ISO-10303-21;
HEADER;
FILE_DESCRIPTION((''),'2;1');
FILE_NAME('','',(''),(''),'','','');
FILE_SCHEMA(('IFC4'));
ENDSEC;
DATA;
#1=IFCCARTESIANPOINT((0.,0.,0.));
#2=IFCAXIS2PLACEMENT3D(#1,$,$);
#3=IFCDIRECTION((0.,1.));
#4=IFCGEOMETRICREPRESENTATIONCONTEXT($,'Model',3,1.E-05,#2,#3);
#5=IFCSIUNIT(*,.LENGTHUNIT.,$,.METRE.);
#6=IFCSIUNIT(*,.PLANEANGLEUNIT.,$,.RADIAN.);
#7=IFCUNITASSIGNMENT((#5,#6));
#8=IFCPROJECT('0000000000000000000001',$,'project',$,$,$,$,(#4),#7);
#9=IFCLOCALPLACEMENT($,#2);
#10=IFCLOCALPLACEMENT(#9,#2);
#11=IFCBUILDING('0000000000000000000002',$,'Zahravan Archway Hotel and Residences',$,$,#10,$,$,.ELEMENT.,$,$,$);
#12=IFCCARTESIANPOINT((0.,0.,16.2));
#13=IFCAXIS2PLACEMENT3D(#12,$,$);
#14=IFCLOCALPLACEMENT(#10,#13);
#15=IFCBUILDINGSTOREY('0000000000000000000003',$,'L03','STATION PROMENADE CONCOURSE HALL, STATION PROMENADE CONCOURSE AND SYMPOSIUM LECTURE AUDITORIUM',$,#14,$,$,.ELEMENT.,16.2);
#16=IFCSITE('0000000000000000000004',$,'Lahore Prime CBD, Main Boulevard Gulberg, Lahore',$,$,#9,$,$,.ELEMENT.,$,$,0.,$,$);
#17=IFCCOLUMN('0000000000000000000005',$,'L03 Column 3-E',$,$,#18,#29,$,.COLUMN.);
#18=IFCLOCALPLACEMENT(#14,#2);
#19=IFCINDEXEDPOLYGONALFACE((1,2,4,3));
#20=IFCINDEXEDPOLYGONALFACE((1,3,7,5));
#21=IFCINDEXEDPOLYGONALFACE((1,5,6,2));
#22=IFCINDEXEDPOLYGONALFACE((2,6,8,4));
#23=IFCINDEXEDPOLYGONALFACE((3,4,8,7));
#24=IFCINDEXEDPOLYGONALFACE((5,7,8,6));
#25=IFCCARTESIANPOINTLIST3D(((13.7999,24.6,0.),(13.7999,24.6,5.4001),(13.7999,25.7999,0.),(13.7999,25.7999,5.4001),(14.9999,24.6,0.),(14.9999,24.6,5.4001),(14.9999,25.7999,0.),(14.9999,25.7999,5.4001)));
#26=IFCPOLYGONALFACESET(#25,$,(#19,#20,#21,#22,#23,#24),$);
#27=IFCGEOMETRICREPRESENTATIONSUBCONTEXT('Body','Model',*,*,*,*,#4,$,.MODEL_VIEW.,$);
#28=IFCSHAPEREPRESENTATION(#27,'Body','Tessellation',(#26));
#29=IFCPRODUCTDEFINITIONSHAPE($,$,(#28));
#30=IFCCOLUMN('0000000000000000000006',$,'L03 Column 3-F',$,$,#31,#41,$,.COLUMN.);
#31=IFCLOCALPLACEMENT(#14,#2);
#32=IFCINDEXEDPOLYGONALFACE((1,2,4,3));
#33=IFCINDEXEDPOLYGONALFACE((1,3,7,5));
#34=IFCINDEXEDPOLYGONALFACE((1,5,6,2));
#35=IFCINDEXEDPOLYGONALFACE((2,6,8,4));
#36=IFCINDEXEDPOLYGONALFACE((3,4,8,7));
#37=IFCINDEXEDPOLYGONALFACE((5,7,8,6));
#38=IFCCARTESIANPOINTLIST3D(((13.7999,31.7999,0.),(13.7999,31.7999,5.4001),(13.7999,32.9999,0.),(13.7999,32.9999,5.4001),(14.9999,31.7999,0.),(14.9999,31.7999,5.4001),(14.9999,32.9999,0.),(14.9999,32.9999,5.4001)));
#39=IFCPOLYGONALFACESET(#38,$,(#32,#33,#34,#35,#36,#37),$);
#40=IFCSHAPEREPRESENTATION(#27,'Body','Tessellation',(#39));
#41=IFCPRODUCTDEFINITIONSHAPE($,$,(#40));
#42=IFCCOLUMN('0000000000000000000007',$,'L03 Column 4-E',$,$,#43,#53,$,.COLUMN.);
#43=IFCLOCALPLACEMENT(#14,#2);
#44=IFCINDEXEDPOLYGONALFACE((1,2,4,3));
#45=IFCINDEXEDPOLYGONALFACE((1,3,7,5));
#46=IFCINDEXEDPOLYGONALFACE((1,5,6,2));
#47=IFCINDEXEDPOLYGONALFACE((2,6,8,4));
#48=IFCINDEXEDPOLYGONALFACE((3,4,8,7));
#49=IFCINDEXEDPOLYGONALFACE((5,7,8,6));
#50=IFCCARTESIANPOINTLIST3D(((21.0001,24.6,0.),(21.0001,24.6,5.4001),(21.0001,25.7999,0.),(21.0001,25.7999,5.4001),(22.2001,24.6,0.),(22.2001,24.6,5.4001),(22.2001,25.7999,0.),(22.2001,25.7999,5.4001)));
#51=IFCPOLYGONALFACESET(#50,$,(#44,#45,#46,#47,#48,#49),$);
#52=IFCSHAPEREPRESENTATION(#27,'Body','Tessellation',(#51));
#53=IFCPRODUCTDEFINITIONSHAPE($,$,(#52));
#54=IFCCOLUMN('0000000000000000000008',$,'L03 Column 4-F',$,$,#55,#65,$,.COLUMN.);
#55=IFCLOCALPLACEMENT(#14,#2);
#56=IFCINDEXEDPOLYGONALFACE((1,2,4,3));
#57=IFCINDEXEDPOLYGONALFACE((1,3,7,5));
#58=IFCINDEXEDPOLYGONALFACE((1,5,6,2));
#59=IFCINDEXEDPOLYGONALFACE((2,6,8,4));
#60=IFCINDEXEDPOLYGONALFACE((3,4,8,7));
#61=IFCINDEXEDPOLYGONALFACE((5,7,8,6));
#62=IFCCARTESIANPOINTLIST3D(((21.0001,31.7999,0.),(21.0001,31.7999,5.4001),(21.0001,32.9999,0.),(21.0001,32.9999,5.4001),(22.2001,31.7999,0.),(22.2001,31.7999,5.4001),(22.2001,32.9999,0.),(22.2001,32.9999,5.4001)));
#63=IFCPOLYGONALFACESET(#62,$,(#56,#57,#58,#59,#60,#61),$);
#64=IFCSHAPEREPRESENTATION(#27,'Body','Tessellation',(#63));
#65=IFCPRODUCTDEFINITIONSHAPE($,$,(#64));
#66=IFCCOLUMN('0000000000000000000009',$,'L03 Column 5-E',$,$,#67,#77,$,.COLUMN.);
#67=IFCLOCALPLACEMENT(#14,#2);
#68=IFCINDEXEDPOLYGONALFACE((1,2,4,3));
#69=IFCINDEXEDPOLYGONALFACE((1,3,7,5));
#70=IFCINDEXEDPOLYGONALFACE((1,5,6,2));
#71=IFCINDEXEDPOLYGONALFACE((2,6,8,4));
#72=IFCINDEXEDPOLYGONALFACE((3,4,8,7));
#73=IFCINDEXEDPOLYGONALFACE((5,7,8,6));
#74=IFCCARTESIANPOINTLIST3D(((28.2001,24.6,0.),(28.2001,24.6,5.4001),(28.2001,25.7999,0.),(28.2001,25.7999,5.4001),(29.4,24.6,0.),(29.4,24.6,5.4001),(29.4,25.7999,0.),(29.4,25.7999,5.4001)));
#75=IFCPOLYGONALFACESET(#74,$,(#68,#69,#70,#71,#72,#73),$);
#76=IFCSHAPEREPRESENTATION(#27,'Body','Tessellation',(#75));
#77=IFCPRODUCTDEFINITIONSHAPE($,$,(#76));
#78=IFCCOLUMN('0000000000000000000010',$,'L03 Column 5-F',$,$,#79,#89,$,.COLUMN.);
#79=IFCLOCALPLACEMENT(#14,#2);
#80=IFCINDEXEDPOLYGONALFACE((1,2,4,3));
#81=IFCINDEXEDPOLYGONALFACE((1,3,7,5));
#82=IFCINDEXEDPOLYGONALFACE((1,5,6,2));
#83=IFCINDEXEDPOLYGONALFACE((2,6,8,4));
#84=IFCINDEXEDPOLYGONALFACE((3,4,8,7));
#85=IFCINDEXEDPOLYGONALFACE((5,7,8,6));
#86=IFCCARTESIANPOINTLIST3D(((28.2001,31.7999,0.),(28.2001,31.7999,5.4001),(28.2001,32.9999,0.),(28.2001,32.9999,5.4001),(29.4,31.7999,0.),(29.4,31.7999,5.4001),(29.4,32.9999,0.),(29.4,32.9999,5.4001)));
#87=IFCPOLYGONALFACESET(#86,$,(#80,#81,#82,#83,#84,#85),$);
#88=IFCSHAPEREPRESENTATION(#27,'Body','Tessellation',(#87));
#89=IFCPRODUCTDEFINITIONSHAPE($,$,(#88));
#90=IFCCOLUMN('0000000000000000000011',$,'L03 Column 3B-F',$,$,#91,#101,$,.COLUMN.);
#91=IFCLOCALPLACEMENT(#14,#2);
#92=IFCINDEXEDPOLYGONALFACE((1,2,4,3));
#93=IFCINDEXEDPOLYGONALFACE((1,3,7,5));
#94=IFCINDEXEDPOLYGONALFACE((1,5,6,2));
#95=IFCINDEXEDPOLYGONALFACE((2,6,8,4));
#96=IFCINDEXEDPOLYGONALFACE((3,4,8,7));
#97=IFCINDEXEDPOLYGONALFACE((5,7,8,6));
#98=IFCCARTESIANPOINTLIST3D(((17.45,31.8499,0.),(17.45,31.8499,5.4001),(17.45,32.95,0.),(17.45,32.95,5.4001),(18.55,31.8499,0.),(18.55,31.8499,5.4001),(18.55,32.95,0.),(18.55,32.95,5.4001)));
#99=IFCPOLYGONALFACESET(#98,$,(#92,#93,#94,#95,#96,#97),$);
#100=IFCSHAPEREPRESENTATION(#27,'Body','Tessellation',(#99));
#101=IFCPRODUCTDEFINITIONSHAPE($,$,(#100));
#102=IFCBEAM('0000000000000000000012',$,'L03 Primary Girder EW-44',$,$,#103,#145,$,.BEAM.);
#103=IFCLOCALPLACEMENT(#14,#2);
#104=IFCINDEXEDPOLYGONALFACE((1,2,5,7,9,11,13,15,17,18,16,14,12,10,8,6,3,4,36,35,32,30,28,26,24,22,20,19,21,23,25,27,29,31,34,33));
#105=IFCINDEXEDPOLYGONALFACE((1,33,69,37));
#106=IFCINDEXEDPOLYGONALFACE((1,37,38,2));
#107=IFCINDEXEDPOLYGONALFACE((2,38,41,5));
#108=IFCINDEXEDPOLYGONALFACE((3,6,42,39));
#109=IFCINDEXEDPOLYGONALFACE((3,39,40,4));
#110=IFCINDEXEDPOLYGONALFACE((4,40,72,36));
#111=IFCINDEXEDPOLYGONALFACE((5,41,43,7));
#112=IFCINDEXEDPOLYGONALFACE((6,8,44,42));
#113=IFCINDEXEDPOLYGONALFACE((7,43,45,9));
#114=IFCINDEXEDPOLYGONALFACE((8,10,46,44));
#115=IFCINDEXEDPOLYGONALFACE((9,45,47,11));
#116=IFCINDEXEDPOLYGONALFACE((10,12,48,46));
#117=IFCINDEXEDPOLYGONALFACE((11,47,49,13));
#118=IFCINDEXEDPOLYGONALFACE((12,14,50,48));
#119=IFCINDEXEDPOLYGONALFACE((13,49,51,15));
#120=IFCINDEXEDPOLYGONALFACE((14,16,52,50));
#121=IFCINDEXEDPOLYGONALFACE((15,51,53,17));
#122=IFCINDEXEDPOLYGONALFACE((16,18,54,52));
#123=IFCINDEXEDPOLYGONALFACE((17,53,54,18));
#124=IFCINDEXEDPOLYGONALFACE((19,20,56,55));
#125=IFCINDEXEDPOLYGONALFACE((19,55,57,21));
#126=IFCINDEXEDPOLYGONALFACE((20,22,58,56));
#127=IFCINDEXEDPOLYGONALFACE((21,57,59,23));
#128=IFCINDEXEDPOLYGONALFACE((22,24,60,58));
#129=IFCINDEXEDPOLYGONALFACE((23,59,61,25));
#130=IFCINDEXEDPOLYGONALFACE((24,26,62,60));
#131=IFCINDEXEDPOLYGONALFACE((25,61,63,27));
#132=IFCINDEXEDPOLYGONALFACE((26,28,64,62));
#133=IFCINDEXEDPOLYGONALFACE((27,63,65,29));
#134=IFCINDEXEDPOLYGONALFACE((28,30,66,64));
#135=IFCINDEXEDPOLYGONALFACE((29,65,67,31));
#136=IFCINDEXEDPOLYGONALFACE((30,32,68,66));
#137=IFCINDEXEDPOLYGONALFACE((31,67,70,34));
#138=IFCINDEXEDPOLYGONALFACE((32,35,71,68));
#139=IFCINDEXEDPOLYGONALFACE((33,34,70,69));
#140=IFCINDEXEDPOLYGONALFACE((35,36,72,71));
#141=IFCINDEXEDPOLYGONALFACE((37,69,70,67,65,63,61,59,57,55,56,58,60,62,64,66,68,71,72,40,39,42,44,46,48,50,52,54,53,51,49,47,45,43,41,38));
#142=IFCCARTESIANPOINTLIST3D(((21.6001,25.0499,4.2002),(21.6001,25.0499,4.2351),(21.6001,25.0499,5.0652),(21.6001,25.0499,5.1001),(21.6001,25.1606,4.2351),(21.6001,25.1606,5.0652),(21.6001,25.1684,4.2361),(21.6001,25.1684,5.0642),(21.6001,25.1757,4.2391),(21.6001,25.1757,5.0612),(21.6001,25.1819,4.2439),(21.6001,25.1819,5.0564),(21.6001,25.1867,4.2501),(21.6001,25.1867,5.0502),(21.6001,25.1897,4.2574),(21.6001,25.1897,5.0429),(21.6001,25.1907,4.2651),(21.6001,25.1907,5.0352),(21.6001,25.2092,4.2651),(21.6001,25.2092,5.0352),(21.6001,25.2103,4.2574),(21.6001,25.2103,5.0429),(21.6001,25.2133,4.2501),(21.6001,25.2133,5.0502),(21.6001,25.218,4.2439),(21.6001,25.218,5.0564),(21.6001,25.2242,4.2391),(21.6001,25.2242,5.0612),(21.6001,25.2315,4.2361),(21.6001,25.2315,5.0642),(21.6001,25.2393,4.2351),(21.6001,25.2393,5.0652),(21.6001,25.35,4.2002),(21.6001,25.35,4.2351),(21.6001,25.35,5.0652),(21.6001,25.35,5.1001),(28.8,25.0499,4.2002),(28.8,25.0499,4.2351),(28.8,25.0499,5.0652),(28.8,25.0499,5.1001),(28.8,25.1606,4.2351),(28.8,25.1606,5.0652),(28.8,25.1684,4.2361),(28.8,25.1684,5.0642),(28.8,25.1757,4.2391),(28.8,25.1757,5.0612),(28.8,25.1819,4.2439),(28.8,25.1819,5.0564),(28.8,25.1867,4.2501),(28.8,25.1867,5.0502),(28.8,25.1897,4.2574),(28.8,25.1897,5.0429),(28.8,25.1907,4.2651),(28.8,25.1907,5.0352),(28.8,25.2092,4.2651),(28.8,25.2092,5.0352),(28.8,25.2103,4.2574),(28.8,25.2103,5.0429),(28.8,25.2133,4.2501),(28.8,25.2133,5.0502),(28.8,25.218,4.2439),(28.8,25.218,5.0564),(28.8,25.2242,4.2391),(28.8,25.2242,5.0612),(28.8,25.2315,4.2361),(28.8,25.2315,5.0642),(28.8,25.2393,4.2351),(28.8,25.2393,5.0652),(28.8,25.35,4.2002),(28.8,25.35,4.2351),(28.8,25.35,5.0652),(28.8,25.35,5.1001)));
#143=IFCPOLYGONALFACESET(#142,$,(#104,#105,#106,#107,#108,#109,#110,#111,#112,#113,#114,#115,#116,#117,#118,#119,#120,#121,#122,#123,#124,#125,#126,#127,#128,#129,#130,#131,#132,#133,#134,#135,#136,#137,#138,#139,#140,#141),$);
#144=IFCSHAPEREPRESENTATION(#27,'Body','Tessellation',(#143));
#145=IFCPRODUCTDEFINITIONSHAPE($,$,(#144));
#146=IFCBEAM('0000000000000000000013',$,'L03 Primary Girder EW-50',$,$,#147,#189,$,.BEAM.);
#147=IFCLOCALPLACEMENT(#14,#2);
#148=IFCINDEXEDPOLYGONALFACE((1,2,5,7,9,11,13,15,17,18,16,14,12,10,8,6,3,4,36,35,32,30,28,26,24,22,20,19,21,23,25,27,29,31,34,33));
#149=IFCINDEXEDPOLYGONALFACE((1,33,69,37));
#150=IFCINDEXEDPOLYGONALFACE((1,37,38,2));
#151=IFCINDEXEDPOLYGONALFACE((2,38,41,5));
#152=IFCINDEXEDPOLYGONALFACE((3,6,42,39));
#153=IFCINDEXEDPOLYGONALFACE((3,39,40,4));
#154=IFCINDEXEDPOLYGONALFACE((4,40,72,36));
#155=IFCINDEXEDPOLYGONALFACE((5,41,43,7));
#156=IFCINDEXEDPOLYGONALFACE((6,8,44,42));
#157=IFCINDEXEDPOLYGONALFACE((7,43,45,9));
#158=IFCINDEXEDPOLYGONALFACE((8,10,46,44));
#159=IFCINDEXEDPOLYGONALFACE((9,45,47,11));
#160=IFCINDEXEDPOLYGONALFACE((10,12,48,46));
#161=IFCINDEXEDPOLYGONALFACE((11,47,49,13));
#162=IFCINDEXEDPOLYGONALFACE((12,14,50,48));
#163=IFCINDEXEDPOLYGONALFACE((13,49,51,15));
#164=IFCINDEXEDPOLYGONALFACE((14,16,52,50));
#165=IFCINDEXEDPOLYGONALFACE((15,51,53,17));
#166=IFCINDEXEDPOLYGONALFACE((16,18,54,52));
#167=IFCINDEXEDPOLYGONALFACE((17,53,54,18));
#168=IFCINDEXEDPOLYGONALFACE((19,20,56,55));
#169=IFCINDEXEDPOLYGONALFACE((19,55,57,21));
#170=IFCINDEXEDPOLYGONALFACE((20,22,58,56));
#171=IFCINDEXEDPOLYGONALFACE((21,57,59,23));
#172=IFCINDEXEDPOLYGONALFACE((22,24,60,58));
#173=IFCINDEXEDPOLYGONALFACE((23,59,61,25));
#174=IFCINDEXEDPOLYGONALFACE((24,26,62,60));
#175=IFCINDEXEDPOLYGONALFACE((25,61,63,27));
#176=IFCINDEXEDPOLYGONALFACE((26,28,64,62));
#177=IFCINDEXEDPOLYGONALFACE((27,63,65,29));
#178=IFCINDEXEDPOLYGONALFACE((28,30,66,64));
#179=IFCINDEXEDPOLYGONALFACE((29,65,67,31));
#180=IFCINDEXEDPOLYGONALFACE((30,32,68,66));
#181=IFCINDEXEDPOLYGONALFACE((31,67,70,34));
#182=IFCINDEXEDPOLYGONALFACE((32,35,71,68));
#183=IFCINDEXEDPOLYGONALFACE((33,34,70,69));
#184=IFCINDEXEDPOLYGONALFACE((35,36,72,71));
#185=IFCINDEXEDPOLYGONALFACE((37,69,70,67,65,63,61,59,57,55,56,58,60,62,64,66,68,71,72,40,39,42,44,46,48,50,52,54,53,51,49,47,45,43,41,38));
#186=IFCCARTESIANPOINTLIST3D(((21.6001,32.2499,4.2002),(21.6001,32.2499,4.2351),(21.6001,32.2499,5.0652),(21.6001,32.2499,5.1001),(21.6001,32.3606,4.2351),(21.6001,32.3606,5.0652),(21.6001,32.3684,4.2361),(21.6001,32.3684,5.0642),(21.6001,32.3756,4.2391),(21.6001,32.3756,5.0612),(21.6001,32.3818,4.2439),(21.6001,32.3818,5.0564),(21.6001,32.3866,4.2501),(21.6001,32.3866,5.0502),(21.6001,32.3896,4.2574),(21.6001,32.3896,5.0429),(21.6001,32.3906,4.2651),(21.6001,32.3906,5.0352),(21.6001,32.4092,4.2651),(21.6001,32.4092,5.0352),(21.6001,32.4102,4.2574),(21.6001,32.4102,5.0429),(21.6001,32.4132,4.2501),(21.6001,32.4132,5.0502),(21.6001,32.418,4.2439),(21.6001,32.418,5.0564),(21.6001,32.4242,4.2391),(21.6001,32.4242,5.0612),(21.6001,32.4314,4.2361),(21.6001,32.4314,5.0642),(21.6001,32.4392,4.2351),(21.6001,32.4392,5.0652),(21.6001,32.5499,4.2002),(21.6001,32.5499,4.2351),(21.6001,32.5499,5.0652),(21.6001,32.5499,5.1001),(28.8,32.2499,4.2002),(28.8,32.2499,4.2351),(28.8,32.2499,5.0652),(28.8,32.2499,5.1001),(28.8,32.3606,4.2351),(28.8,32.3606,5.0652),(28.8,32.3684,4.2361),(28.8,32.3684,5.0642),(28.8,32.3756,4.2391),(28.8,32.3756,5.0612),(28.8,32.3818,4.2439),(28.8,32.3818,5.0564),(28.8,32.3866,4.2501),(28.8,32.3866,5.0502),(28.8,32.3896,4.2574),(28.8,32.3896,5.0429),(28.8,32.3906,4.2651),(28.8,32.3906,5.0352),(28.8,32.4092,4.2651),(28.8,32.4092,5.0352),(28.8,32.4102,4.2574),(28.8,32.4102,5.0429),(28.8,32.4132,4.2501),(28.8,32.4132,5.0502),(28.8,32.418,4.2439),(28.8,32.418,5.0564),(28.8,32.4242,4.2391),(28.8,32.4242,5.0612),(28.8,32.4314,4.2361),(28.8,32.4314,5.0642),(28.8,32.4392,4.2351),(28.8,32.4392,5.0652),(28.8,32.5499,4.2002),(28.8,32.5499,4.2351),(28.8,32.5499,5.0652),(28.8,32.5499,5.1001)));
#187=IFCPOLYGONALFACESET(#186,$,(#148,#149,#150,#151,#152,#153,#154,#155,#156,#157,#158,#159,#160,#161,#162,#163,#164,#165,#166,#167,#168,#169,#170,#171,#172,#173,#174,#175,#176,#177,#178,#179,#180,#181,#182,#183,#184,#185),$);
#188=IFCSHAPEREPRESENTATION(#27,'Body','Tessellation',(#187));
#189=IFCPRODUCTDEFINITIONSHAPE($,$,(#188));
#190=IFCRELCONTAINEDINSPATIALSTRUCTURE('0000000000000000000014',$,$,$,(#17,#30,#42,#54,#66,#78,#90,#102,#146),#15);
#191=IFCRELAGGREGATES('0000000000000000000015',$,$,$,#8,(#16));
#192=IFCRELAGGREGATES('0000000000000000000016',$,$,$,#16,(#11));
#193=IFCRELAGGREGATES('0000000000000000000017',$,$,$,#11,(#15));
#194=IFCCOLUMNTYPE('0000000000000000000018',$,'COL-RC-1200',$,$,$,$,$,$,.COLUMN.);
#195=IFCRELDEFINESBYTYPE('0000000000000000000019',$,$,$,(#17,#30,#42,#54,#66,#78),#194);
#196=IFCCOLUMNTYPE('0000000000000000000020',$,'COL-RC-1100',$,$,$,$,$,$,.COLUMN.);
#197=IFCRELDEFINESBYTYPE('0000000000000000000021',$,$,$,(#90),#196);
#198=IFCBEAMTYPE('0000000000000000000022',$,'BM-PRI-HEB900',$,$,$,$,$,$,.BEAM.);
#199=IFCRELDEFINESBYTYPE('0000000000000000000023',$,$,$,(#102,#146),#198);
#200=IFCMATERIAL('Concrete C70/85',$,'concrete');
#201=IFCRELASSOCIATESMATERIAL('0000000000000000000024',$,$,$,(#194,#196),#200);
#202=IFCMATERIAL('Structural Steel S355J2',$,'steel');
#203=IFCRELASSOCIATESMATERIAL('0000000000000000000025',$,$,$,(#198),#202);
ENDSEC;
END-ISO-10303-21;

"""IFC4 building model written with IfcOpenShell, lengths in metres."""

from ifc_helpers import new_model, si_unit, direction, frame, origin, origin_2d, place, context, subcontext, project, spatial, rectangle, i_section, extrude, source, transform, mapped, material, material_profile, profile_set, type_object, element, save


model = new_model("IFC4")

# Units and contexts
model_context = context("Model", 3, precision=1e-05, world=origin(), true_north=direction((0.0, 1.0)))
body_context = subcontext(model_context, "Body", "Model", "MODEL_VIEW")
ifc_project = project(units=[si_unit("LENGTHUNIT", "METRE"), si_unit("PLANEANGLEUNIT", "RADIAN")], contexts=[model_context])

# Site, building, storey
site_placement = place(None, origin())
site = spatial("IfcSite", under=ifc_project, at=site_placement, Name="Lahore Prime CBD, Main Boulevard Gulberg, Lahore", CompositionType="ELEMENT", RefElevation=0.0)
building_placement = place(site_placement, origin())
building = spatial("IfcBuilding", under=site, at=building_placement, Name="Zahravan Archway Hotel and Residences", CompositionType="ELEMENT")
storey_placement = place(building_placement, frame((0.0, 0.0, 16.2)))
storey = spatial("IfcBuildingStorey", under=building, at=storey_placement, Name="L03", Description="STATION PROMENADE CONCOURSE HALL, STATION PROMENADE CONCOURSE AND SYMPOSIUM LECTURE AUDITORIUM", CompositionType="ELEMENT", Elevation=16.2)

# Columns
ifc_material_1 = material(Name="Concrete C70/85", Category="concrete")
ifc_material_profile_1 = material_profile(ifc_material_1, rectangle(XDim=1.2, YDim=1.2, at=origin_2d()), Name="RC-COL-1200x1200", Category="concrete")
ifc_profile_set_1 = profile_set([ifc_material_profile_1], Name="Concrete C70/85")
column_type_1 = type_object("IfcColumnType", Name="COL-RC-1200", PredefinedType="COLUMN", material=ifc_profile_set_1)
shared_shape_1 = source(origin(), body_context, "Body", "SweptSolid", [
    extrude(rectangle(XDim=1.2, YDim=1.2, at=origin_2d()), origin(), (0.0, 0.0, 1.0), 5.4001),
])
for number, where, z_axis, x_axis, name in (
    (1, (14.3999, 25.2, 0.0), (0.0, 0.0, 1.0), (1.0, 0.0, 0.0), "L03 Column 3-E"),
    (2, (14.3999, 32.3999, 0.0), (0.0, 0.0, 1.0), (1.0, 0.0, 0.0), "L03 Column 3-F"),
    (3, (21.6001, 25.2, 0.0), (0.0, 0.0, 1.0), (1.0, 0.0, 0.0), "L03 Column 4-E"),
    (4, (21.6001, 32.3999, 0.0), (0.0, 0.0, 1.0), (1.0, 0.0, 0.0), "L03 Column 4-F"),
    (5, (28.8, 25.2, 0.0), (0.0, 0.0, 1.0), (1.0, 0.0, 0.0), "L03 Column 5-E"),
    (6, (28.8, 32.3999, 0.0), (0.0, 0.0, 1.0), (1.0, 0.0, 0.0), "L03 Column 5-F"),
):
    element("IfcColumn", number, at=place(storey_placement, frame(where, z_axis=z_axis, x_axis=x_axis)), inside=storey, type_object=column_type_1, Name=name, PredefinedType="COLUMN", context=body_context, shape_type="MappedRepresentation", body=[
        mapped(shared_shape_1, transform((0.0, 0.0, 0.0), scale=1.0)),
    ])
ifc_material_profile_2 = material_profile(ifc_material_1, rectangle(XDim=1.1001, YDim=1.1001, at=origin_2d()), Name="RC 1100x1100", Category="concrete")
ifc_profile_set_2 = profile_set([ifc_material_profile_2], Name="Concrete C70/85")
column_type_2 = type_object("IfcColumnType", Name="COL-RC-1100", PredefinedType="COLUMN", material=ifc_profile_set_2)
shared_shape_2 = source(origin(), body_context, "Body", "SweptSolid", [
    extrude(rectangle(XDim=1.1001, YDim=1.1001, at=origin_2d()), origin(), (0.0, 0.0, 1.0), 5.4001),
])
column_placement = place(storey_placement, frame((18.0, 32.3999, 0.0), z_axis=(0.0, 0.0, 1.0), x_axis=(1.0, 0.0, 0.0)))
element("IfcColumn", 7, at=column_placement, inside=storey, type_object=column_type_2, Name="L03 Column 3B-F", PredefinedType="COLUMN", context=body_context, shape_type="MappedRepresentation", body=[
    mapped(shared_shape_2, transform((0.0, 0.0, 0.0), scale=1.0)),
])

# Beams
ifc_material_2 = material(Name="Structural Steel S355J2", Category="steel")
ifc_material_profile_3 = material_profile(ifc_material_2, i_section(OverallWidth=0.3, OverallDepth=0.8999, WebThickness=0.0186, FlangeThickness=0.0349, FilletRadius=0.03, at=origin_2d()), Name="HEB 900", Category="steel")
ifc_profile_set_3 = profile_set([ifc_material_profile_3], Name="Structural Steel S355J2")
beam_type_1 = type_object("IfcBeamType", Name="BM-PRI-HEB900", PredefinedType="BEAM", material=ifc_profile_set_3)
shared_shape_3 = source(origin(), body_context, "Body", "SweptSolid", [
    extrude(i_section(OverallWidth=0.3, OverallDepth=0.8999, WebThickness=0.0186, FlangeThickness=0.0349, FilletRadius=0.03, at=origin_2d()), origin(), (0.0, 0.0, 1.0), 7.2),
])
for number, where, z_axis, x_axis, name in (
    (8, (21.6001, 25.2, 4.6501), (1.0, 0.0, 0.0), (0.0, 1.0, 0.0), "L03 Primary Girder EW-44"),
    (9, (21.6001, 32.3999, 4.6501), (1.0, 0.0, 0.0), (0.0, 1.0, 0.0), "L03 Primary Girder EW-50"),
):
    element("IfcBeam", number, at=place(storey_placement, frame(where, z_axis=z_axis, x_axis=x_axis)), inside=storey, type_object=beam_type_1, Name=name, PredefinedType="BEAM", context=body_context, shape_type="MappedRepresentation", body=[
        mapped(shared_shape_3, transform((0.0, 0.0, 0.0), scale=1.0)),
    ])

save(model, "model.ifc")
